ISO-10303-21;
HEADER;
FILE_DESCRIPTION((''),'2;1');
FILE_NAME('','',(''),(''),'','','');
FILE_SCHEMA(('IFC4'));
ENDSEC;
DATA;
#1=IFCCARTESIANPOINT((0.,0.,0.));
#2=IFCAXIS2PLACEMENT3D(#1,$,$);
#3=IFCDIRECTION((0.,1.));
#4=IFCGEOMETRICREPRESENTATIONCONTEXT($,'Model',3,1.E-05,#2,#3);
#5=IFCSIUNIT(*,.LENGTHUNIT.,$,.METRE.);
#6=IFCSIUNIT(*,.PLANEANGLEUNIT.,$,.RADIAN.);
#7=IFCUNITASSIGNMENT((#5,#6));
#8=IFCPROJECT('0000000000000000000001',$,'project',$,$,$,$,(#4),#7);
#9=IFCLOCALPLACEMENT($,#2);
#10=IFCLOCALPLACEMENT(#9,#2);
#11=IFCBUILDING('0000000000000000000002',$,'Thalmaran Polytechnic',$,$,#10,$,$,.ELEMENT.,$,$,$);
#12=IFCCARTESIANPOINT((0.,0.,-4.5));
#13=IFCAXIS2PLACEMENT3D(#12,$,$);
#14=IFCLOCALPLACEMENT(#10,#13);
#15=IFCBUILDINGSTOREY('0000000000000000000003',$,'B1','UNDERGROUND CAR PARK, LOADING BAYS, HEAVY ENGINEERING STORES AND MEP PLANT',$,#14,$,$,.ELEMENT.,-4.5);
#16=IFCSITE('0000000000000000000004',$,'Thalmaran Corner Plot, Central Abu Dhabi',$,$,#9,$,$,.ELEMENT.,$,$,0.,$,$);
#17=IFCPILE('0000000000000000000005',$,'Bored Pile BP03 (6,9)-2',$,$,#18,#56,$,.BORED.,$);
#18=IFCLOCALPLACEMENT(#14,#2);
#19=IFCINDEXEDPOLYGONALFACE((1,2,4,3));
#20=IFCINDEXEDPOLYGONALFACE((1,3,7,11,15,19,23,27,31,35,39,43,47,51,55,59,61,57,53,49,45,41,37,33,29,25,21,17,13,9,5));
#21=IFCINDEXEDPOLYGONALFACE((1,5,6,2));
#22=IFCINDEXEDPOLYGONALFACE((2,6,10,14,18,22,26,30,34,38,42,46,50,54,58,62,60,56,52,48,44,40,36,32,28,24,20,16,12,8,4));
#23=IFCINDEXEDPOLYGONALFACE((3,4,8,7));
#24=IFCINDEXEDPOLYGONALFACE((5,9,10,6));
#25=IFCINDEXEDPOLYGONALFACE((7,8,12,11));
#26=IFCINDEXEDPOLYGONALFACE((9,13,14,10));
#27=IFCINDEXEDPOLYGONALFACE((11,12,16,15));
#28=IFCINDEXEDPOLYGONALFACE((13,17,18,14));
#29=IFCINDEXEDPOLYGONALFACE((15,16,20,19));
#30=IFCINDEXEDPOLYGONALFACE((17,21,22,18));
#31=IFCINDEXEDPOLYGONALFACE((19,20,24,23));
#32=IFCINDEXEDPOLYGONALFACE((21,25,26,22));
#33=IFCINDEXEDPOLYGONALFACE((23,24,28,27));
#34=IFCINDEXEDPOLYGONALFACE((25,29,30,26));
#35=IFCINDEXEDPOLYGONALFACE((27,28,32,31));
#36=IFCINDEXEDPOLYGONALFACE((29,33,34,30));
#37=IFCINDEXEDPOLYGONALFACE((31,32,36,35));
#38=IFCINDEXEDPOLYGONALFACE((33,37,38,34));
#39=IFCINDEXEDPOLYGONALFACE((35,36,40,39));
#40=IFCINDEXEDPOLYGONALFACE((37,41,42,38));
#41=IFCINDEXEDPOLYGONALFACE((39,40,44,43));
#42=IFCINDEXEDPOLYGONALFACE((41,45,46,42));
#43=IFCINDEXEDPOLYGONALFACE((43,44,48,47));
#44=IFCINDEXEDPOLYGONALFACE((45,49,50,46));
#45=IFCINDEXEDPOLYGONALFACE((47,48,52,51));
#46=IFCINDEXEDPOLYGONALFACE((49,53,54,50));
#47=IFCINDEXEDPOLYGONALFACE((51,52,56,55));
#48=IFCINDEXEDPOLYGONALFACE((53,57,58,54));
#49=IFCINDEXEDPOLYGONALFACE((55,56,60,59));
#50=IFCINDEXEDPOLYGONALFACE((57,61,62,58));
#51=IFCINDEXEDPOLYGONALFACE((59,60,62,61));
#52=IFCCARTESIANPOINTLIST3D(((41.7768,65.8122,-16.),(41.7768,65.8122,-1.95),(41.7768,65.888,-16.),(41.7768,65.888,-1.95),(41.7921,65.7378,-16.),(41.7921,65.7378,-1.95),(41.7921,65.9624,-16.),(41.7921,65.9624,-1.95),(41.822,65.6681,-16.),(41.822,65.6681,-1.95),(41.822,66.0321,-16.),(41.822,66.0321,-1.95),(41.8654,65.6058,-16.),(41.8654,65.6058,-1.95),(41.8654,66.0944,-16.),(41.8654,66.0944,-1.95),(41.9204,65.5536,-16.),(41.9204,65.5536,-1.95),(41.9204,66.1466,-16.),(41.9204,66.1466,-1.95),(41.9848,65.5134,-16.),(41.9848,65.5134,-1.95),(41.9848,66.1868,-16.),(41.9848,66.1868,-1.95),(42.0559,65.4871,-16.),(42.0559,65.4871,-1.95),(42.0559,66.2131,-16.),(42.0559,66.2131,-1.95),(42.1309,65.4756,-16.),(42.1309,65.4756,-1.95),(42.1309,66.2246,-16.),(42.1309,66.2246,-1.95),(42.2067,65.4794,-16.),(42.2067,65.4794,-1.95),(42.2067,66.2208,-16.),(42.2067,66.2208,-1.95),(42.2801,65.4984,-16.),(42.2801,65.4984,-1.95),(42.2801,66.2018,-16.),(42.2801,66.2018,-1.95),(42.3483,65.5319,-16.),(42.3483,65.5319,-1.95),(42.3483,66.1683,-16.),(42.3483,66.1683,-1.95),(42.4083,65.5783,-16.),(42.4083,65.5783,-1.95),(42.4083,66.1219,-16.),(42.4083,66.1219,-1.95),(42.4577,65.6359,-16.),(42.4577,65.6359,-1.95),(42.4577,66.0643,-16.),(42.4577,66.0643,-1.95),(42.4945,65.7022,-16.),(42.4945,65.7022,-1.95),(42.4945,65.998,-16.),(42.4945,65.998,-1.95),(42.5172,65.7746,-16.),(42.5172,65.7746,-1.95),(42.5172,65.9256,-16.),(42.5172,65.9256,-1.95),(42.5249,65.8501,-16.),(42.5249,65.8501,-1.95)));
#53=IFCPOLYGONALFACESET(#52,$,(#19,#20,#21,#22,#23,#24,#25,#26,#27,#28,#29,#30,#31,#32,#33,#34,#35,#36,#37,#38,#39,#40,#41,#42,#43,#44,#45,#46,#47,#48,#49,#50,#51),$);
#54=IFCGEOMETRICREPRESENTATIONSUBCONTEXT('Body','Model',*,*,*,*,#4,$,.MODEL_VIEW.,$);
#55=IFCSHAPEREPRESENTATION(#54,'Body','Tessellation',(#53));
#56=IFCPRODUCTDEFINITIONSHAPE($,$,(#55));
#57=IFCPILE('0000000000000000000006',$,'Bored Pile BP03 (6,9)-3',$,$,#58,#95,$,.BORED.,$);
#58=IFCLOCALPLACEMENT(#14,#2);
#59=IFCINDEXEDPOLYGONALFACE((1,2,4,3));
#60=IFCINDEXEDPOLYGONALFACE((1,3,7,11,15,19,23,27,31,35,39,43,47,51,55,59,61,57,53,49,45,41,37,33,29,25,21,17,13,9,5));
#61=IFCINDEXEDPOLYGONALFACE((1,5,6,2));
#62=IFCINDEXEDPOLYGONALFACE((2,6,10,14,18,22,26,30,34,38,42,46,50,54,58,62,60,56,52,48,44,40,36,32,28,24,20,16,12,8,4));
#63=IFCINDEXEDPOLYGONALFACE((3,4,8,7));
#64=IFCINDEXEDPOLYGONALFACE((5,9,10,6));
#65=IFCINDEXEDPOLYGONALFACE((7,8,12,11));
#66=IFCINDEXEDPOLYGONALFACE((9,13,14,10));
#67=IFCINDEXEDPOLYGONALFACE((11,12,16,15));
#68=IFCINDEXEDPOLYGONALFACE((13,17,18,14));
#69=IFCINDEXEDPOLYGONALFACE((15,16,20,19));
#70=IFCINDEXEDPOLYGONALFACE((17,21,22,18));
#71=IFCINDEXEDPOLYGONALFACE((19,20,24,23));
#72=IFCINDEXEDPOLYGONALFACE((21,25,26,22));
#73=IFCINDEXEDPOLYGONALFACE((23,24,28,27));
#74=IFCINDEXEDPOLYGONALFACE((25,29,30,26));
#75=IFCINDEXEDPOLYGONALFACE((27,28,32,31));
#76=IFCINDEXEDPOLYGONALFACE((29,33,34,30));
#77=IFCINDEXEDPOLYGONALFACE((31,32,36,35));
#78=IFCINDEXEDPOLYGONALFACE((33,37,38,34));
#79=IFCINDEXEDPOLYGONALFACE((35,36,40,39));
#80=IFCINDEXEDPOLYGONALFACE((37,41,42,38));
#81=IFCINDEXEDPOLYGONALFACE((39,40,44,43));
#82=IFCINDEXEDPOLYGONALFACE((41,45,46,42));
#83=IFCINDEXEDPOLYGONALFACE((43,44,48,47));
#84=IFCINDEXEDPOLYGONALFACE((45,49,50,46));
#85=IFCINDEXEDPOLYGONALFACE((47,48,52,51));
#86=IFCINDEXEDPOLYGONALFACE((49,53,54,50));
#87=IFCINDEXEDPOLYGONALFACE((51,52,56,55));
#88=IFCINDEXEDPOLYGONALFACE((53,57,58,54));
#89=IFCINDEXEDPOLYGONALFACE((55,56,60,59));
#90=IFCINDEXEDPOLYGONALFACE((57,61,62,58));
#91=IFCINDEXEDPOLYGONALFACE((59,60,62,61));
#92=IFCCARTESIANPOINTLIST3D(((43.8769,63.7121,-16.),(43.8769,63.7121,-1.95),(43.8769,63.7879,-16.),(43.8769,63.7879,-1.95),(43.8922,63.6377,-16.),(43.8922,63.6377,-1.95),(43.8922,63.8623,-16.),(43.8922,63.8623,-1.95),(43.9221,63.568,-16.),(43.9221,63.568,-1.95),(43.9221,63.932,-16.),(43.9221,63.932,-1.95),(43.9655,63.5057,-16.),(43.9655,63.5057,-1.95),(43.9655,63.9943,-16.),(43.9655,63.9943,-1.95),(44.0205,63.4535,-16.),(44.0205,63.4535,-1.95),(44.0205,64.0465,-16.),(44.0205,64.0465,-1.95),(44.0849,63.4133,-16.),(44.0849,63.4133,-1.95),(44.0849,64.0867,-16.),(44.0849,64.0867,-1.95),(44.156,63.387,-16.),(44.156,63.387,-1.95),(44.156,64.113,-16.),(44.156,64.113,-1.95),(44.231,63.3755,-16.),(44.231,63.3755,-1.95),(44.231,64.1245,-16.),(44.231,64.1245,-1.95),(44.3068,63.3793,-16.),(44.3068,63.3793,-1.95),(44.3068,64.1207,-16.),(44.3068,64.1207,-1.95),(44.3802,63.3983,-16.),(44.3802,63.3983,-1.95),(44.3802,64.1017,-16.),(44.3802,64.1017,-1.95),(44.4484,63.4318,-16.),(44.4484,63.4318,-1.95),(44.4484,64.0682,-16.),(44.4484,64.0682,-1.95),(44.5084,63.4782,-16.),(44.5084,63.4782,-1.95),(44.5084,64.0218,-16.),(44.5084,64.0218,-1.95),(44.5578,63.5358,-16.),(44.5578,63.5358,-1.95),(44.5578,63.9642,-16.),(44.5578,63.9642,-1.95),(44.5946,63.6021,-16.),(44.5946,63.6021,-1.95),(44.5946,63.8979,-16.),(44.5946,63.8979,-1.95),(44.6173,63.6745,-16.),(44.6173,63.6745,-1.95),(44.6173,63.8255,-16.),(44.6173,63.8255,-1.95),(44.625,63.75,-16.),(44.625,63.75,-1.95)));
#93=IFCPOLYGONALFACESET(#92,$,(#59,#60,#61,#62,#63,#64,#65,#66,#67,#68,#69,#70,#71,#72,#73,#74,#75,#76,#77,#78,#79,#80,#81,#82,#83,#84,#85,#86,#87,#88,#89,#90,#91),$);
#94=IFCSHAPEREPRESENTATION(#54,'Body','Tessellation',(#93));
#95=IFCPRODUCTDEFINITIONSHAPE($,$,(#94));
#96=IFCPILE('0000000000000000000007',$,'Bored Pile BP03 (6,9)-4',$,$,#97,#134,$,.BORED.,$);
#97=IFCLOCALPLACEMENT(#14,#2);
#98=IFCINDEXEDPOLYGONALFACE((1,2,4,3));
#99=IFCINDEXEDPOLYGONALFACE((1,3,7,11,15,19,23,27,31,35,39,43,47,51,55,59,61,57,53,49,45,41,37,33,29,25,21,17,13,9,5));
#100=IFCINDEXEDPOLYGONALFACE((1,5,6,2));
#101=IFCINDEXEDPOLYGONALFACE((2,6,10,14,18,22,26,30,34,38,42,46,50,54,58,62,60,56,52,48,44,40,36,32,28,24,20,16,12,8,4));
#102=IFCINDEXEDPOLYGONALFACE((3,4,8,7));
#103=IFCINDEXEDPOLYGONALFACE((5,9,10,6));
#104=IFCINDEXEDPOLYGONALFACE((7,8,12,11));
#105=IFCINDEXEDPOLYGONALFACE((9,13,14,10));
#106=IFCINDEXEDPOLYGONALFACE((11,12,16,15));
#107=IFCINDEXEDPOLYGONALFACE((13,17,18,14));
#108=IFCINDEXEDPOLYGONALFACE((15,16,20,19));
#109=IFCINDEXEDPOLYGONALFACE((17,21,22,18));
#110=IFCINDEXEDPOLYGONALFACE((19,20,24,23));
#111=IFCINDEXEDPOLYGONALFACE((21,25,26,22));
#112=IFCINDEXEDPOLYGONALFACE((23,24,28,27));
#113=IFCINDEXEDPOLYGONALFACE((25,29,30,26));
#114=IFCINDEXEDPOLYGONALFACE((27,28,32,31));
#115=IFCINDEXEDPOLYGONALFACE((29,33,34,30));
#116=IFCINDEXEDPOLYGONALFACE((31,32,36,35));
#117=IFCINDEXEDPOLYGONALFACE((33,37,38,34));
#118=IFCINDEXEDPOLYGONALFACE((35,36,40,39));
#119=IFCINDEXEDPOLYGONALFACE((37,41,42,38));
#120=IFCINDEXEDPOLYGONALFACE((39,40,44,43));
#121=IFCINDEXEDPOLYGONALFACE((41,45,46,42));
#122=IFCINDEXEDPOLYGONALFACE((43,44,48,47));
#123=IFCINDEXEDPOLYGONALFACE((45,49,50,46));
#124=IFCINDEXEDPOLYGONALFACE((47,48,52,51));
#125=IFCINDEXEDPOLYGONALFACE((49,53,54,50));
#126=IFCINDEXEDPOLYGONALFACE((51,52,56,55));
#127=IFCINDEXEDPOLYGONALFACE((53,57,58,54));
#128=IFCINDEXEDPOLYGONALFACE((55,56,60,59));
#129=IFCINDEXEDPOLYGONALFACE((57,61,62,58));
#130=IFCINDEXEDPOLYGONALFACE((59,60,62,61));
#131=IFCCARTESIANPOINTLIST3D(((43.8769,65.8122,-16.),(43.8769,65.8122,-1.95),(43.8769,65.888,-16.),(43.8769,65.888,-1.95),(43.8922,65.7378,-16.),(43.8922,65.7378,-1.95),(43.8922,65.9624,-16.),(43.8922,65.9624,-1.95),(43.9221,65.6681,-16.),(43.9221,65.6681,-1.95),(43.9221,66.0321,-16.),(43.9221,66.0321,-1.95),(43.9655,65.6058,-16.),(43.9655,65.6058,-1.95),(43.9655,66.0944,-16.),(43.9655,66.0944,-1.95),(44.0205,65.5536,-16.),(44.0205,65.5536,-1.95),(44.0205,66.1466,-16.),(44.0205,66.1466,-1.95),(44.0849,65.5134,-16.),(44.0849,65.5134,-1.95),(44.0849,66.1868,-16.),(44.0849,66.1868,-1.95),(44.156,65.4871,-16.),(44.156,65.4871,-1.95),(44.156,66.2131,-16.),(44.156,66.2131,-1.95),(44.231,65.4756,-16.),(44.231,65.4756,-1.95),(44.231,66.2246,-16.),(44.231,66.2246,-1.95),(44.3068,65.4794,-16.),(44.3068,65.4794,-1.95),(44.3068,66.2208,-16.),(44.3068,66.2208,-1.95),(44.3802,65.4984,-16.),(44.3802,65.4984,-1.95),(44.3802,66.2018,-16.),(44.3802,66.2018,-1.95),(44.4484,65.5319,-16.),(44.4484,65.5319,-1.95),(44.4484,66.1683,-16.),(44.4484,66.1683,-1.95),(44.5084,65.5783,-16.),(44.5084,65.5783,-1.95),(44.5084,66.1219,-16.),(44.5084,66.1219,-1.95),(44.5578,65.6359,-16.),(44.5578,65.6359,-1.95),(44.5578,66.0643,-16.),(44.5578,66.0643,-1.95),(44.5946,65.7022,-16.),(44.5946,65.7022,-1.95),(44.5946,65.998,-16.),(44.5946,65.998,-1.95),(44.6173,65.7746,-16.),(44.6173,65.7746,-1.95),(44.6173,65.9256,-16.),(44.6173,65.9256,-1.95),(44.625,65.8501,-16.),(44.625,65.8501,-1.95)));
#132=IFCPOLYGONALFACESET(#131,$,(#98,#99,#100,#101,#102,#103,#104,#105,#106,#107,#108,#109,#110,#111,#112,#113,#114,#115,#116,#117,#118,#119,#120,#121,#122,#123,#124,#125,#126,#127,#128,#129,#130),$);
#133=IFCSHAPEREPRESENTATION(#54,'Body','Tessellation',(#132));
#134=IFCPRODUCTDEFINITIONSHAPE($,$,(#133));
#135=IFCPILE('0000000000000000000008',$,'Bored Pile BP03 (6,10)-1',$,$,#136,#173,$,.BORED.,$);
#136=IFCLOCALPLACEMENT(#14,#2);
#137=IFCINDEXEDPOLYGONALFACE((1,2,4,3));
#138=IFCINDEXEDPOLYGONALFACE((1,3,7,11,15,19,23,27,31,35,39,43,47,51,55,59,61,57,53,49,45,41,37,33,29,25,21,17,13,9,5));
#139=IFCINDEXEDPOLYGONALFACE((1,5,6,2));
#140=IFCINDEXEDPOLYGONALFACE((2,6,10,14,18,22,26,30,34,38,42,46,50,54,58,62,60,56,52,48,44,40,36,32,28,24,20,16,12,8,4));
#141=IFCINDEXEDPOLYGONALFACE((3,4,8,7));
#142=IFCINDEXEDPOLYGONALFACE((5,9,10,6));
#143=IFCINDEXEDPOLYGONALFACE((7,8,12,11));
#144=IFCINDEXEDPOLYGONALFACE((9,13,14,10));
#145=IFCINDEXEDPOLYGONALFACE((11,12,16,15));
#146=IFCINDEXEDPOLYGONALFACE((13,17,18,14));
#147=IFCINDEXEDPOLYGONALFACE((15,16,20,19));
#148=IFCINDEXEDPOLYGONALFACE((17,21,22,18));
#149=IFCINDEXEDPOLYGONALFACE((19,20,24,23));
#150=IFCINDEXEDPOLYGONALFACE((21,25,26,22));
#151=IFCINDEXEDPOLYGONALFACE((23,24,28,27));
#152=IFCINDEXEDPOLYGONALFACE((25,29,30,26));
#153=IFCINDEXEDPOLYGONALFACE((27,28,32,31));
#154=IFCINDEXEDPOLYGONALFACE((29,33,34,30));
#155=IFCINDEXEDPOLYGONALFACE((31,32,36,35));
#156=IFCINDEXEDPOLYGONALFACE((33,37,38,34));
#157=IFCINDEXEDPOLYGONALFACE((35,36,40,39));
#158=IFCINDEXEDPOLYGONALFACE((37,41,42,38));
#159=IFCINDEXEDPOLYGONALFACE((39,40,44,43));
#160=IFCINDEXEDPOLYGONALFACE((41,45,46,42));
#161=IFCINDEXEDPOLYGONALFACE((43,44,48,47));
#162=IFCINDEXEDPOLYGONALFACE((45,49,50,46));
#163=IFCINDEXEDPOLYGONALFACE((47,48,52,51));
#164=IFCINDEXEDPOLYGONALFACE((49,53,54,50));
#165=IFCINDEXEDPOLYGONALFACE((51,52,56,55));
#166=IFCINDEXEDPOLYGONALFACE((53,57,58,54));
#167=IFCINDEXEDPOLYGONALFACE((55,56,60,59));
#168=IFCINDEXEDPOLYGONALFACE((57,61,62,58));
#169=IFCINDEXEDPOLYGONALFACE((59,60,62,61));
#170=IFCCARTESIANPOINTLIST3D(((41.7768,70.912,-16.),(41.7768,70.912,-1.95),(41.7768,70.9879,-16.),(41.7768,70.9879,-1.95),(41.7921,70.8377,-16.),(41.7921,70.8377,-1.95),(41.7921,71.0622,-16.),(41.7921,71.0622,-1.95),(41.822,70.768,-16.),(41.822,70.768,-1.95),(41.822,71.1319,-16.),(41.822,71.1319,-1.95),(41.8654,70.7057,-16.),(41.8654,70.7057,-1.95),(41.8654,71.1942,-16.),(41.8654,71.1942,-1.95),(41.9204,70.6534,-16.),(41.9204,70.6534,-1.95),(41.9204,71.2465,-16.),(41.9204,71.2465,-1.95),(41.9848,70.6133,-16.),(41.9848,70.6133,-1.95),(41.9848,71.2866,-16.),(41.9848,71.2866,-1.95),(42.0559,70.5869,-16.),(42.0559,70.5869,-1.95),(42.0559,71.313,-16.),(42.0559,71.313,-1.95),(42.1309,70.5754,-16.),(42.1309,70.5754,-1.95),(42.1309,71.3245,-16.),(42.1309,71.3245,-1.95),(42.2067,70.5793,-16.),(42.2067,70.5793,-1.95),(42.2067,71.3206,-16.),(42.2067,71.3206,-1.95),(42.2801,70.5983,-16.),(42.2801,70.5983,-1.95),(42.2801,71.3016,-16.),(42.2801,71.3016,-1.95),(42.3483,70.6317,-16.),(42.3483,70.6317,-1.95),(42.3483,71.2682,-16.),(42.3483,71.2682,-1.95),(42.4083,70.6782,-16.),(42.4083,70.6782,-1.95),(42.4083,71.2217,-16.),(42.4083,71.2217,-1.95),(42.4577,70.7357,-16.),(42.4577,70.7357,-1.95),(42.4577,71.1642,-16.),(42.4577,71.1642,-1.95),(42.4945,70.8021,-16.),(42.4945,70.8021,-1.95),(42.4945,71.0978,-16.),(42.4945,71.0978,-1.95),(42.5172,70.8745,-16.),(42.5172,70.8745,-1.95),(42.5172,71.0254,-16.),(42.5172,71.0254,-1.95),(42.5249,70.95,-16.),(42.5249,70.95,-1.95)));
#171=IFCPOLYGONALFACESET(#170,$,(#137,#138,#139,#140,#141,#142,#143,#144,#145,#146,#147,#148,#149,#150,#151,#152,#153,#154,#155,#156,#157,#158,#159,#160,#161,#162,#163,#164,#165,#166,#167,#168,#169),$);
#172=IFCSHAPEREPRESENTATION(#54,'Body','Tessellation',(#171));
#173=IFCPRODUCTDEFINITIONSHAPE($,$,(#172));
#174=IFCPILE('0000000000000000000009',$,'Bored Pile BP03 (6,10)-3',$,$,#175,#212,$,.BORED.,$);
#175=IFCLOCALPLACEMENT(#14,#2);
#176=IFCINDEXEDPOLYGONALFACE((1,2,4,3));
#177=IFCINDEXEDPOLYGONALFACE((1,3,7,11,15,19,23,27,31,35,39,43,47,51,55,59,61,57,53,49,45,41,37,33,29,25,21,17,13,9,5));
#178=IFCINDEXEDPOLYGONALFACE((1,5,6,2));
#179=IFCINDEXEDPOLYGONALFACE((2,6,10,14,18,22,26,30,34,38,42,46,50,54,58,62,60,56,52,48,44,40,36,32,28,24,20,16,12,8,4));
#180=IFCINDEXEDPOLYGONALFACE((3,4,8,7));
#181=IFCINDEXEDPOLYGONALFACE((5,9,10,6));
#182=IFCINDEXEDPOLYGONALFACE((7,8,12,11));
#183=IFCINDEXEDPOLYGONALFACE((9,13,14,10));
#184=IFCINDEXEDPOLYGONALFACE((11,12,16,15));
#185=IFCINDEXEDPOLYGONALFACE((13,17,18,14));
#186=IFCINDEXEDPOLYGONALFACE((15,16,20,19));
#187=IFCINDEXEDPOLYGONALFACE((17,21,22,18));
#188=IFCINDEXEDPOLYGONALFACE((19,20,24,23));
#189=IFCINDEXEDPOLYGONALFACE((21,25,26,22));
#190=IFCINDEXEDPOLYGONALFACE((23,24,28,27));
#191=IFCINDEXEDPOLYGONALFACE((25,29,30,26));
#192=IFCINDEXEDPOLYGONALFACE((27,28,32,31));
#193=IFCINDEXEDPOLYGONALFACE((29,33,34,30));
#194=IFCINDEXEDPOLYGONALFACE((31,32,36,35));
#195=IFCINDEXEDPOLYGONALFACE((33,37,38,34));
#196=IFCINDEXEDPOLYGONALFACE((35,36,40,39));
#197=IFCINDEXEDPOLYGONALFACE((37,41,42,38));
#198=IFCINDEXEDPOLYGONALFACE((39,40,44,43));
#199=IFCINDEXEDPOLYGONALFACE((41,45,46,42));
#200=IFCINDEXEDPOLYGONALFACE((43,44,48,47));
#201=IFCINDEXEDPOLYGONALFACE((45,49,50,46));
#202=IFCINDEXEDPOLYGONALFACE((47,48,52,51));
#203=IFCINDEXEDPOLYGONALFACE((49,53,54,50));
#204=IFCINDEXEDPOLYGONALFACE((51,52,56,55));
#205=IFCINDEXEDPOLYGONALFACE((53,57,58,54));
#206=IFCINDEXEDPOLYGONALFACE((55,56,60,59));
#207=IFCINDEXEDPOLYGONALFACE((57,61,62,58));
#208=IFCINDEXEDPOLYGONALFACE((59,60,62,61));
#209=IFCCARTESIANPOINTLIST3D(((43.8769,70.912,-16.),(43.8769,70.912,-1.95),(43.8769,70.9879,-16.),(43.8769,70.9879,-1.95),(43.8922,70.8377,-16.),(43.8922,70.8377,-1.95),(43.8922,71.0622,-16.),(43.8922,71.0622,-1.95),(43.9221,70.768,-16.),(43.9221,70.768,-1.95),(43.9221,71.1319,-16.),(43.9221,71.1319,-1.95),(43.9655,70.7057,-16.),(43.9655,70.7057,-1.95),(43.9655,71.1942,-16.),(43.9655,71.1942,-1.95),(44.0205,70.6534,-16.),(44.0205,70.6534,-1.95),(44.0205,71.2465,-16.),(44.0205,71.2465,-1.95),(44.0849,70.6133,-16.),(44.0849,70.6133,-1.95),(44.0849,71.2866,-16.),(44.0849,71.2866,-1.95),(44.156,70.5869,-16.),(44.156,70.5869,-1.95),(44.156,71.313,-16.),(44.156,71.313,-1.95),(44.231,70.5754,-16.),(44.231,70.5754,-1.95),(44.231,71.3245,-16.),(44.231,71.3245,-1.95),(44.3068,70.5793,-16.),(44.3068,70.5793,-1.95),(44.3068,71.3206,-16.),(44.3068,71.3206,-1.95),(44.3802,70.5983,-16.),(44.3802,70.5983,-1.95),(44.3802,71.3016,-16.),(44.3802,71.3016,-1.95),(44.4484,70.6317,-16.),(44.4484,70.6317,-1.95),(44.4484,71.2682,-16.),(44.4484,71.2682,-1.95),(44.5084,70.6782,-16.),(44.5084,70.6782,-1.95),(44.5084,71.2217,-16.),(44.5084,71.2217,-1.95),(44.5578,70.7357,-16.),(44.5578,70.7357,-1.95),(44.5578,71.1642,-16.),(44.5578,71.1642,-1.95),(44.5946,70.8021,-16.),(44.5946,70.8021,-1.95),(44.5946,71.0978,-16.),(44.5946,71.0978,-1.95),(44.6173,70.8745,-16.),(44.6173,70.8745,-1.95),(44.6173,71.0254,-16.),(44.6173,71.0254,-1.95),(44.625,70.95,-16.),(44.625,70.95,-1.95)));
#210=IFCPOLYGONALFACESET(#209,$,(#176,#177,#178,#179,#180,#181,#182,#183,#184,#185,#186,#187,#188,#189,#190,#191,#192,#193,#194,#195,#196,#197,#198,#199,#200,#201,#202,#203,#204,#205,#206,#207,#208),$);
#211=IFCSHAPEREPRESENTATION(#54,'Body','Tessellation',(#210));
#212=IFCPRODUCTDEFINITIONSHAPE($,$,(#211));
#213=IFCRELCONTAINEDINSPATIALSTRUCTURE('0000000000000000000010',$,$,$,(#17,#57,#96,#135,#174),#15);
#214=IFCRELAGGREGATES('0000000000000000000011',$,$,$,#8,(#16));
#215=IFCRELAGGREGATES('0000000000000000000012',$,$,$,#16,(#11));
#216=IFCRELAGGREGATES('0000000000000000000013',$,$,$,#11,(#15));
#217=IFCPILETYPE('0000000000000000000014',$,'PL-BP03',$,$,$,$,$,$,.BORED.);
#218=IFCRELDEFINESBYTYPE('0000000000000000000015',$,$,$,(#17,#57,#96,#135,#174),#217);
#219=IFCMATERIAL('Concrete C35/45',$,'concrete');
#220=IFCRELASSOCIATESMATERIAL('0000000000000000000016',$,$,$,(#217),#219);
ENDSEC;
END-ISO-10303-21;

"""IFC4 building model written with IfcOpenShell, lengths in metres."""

from ifc_helpers import new_model, si_unit, direction, frame, origin, origin_2d, place, context, subcontext, project, spatial, circle, extrude, material, material_profile, profile_set, type_object, element, save


model = new_model("IFC4")

# Units and contexts
model_context = context("Model", 3, precision=1e-05, world=origin(), true_north=direction((0.0, 1.0)))
body_context = subcontext(model_context, "Body", "Model", "MODEL_VIEW")
ifc_project = project(units=[si_unit("LENGTHUNIT", "METRE"), si_unit("PLANEANGLEUNIT", "RADIAN")], contexts=[model_context])

# Site, building, storey
site_placement = place(None, origin())
site = spatial("IfcSite", under=ifc_project, at=site_placement, Name="Thalmaran Corner Plot, Central Abu Dhabi", CompositionType="ELEMENT", RefElevation=0.0)
building_placement = place(site_placement, origin())
building = spatial("IfcBuilding", under=site, at=building_placement, Name="Thalmaran Polytechnic", CompositionType="ELEMENT")
storey_placement = place(building_placement, frame((0.0, 0.0, -4.5)))
storey = spatial("IfcBuildingStorey", under=building, at=storey_placement, Name="B1", Description="UNDERGROUND CAR PARK, LOADING BAYS, HEAVY ENGINEERING STORES AND MEP PLANT", CompositionType="ELEMENT", Elevation=-4.5)

# Piles
ifc_material_1 = material(Name="Concrete C35/45", Category="concrete")
ifc_material_profile_1 = material_profile(ifc_material_1, circle(Radius=0.375, at=origin_2d()), Name="RC 750 DIA")
ifc_profile_set_1 = profile_set([ifc_material_profile_1], Name="Concrete C35/45")
pile_type = type_object("IfcPileType", Name="PL-BP03", PredefinedType="BORED", material=ifc_profile_set_1)
for number, where, z_axis, x_axis, name in (
    (1, (42.1499, 65.8501, -1.95), (0.0, 0.0, -1.0), (1.0, 0.0, 0.0), "Bored Pile BP03 (6,9)-2"),
    (2, (44.25, 63.75, -1.95), (0.0, 0.0, -1.0), (1.0, 0.0, 0.0), "Bored Pile BP03 (6,9)-3"),
    (3, (44.25, 65.8501, -1.95), (0.0, 0.0, -1.0), (1.0, 0.0, 0.0), "Bored Pile BP03 (6,9)-4"),
    (4, (42.1499, 70.95, -1.95), (0.0, 0.0, -1.0), (1.0, 0.0, 0.0), "Bored Pile BP03 (6,10)-1"),
    (5, (44.25, 70.95, -1.95), (0.0, 0.0, -1.0), (1.0, 0.0, 0.0), "Bored Pile BP03 (6,10)-3"),
):
    element("IfcPile", number, at=place(storey_placement, frame(where, z_axis=z_axis, x_axis=x_axis)), inside=storey, type_object=pile_type, Name=name, PredefinedType="BORED", context=body_context, shape_type="SweptSolid", body=[
        extrude(circle(Radius=0.375, at=origin_2d()), origin(), (0.0, 0.0, 1.0), 14.05),
    ])

save(model, "model.ifc")
